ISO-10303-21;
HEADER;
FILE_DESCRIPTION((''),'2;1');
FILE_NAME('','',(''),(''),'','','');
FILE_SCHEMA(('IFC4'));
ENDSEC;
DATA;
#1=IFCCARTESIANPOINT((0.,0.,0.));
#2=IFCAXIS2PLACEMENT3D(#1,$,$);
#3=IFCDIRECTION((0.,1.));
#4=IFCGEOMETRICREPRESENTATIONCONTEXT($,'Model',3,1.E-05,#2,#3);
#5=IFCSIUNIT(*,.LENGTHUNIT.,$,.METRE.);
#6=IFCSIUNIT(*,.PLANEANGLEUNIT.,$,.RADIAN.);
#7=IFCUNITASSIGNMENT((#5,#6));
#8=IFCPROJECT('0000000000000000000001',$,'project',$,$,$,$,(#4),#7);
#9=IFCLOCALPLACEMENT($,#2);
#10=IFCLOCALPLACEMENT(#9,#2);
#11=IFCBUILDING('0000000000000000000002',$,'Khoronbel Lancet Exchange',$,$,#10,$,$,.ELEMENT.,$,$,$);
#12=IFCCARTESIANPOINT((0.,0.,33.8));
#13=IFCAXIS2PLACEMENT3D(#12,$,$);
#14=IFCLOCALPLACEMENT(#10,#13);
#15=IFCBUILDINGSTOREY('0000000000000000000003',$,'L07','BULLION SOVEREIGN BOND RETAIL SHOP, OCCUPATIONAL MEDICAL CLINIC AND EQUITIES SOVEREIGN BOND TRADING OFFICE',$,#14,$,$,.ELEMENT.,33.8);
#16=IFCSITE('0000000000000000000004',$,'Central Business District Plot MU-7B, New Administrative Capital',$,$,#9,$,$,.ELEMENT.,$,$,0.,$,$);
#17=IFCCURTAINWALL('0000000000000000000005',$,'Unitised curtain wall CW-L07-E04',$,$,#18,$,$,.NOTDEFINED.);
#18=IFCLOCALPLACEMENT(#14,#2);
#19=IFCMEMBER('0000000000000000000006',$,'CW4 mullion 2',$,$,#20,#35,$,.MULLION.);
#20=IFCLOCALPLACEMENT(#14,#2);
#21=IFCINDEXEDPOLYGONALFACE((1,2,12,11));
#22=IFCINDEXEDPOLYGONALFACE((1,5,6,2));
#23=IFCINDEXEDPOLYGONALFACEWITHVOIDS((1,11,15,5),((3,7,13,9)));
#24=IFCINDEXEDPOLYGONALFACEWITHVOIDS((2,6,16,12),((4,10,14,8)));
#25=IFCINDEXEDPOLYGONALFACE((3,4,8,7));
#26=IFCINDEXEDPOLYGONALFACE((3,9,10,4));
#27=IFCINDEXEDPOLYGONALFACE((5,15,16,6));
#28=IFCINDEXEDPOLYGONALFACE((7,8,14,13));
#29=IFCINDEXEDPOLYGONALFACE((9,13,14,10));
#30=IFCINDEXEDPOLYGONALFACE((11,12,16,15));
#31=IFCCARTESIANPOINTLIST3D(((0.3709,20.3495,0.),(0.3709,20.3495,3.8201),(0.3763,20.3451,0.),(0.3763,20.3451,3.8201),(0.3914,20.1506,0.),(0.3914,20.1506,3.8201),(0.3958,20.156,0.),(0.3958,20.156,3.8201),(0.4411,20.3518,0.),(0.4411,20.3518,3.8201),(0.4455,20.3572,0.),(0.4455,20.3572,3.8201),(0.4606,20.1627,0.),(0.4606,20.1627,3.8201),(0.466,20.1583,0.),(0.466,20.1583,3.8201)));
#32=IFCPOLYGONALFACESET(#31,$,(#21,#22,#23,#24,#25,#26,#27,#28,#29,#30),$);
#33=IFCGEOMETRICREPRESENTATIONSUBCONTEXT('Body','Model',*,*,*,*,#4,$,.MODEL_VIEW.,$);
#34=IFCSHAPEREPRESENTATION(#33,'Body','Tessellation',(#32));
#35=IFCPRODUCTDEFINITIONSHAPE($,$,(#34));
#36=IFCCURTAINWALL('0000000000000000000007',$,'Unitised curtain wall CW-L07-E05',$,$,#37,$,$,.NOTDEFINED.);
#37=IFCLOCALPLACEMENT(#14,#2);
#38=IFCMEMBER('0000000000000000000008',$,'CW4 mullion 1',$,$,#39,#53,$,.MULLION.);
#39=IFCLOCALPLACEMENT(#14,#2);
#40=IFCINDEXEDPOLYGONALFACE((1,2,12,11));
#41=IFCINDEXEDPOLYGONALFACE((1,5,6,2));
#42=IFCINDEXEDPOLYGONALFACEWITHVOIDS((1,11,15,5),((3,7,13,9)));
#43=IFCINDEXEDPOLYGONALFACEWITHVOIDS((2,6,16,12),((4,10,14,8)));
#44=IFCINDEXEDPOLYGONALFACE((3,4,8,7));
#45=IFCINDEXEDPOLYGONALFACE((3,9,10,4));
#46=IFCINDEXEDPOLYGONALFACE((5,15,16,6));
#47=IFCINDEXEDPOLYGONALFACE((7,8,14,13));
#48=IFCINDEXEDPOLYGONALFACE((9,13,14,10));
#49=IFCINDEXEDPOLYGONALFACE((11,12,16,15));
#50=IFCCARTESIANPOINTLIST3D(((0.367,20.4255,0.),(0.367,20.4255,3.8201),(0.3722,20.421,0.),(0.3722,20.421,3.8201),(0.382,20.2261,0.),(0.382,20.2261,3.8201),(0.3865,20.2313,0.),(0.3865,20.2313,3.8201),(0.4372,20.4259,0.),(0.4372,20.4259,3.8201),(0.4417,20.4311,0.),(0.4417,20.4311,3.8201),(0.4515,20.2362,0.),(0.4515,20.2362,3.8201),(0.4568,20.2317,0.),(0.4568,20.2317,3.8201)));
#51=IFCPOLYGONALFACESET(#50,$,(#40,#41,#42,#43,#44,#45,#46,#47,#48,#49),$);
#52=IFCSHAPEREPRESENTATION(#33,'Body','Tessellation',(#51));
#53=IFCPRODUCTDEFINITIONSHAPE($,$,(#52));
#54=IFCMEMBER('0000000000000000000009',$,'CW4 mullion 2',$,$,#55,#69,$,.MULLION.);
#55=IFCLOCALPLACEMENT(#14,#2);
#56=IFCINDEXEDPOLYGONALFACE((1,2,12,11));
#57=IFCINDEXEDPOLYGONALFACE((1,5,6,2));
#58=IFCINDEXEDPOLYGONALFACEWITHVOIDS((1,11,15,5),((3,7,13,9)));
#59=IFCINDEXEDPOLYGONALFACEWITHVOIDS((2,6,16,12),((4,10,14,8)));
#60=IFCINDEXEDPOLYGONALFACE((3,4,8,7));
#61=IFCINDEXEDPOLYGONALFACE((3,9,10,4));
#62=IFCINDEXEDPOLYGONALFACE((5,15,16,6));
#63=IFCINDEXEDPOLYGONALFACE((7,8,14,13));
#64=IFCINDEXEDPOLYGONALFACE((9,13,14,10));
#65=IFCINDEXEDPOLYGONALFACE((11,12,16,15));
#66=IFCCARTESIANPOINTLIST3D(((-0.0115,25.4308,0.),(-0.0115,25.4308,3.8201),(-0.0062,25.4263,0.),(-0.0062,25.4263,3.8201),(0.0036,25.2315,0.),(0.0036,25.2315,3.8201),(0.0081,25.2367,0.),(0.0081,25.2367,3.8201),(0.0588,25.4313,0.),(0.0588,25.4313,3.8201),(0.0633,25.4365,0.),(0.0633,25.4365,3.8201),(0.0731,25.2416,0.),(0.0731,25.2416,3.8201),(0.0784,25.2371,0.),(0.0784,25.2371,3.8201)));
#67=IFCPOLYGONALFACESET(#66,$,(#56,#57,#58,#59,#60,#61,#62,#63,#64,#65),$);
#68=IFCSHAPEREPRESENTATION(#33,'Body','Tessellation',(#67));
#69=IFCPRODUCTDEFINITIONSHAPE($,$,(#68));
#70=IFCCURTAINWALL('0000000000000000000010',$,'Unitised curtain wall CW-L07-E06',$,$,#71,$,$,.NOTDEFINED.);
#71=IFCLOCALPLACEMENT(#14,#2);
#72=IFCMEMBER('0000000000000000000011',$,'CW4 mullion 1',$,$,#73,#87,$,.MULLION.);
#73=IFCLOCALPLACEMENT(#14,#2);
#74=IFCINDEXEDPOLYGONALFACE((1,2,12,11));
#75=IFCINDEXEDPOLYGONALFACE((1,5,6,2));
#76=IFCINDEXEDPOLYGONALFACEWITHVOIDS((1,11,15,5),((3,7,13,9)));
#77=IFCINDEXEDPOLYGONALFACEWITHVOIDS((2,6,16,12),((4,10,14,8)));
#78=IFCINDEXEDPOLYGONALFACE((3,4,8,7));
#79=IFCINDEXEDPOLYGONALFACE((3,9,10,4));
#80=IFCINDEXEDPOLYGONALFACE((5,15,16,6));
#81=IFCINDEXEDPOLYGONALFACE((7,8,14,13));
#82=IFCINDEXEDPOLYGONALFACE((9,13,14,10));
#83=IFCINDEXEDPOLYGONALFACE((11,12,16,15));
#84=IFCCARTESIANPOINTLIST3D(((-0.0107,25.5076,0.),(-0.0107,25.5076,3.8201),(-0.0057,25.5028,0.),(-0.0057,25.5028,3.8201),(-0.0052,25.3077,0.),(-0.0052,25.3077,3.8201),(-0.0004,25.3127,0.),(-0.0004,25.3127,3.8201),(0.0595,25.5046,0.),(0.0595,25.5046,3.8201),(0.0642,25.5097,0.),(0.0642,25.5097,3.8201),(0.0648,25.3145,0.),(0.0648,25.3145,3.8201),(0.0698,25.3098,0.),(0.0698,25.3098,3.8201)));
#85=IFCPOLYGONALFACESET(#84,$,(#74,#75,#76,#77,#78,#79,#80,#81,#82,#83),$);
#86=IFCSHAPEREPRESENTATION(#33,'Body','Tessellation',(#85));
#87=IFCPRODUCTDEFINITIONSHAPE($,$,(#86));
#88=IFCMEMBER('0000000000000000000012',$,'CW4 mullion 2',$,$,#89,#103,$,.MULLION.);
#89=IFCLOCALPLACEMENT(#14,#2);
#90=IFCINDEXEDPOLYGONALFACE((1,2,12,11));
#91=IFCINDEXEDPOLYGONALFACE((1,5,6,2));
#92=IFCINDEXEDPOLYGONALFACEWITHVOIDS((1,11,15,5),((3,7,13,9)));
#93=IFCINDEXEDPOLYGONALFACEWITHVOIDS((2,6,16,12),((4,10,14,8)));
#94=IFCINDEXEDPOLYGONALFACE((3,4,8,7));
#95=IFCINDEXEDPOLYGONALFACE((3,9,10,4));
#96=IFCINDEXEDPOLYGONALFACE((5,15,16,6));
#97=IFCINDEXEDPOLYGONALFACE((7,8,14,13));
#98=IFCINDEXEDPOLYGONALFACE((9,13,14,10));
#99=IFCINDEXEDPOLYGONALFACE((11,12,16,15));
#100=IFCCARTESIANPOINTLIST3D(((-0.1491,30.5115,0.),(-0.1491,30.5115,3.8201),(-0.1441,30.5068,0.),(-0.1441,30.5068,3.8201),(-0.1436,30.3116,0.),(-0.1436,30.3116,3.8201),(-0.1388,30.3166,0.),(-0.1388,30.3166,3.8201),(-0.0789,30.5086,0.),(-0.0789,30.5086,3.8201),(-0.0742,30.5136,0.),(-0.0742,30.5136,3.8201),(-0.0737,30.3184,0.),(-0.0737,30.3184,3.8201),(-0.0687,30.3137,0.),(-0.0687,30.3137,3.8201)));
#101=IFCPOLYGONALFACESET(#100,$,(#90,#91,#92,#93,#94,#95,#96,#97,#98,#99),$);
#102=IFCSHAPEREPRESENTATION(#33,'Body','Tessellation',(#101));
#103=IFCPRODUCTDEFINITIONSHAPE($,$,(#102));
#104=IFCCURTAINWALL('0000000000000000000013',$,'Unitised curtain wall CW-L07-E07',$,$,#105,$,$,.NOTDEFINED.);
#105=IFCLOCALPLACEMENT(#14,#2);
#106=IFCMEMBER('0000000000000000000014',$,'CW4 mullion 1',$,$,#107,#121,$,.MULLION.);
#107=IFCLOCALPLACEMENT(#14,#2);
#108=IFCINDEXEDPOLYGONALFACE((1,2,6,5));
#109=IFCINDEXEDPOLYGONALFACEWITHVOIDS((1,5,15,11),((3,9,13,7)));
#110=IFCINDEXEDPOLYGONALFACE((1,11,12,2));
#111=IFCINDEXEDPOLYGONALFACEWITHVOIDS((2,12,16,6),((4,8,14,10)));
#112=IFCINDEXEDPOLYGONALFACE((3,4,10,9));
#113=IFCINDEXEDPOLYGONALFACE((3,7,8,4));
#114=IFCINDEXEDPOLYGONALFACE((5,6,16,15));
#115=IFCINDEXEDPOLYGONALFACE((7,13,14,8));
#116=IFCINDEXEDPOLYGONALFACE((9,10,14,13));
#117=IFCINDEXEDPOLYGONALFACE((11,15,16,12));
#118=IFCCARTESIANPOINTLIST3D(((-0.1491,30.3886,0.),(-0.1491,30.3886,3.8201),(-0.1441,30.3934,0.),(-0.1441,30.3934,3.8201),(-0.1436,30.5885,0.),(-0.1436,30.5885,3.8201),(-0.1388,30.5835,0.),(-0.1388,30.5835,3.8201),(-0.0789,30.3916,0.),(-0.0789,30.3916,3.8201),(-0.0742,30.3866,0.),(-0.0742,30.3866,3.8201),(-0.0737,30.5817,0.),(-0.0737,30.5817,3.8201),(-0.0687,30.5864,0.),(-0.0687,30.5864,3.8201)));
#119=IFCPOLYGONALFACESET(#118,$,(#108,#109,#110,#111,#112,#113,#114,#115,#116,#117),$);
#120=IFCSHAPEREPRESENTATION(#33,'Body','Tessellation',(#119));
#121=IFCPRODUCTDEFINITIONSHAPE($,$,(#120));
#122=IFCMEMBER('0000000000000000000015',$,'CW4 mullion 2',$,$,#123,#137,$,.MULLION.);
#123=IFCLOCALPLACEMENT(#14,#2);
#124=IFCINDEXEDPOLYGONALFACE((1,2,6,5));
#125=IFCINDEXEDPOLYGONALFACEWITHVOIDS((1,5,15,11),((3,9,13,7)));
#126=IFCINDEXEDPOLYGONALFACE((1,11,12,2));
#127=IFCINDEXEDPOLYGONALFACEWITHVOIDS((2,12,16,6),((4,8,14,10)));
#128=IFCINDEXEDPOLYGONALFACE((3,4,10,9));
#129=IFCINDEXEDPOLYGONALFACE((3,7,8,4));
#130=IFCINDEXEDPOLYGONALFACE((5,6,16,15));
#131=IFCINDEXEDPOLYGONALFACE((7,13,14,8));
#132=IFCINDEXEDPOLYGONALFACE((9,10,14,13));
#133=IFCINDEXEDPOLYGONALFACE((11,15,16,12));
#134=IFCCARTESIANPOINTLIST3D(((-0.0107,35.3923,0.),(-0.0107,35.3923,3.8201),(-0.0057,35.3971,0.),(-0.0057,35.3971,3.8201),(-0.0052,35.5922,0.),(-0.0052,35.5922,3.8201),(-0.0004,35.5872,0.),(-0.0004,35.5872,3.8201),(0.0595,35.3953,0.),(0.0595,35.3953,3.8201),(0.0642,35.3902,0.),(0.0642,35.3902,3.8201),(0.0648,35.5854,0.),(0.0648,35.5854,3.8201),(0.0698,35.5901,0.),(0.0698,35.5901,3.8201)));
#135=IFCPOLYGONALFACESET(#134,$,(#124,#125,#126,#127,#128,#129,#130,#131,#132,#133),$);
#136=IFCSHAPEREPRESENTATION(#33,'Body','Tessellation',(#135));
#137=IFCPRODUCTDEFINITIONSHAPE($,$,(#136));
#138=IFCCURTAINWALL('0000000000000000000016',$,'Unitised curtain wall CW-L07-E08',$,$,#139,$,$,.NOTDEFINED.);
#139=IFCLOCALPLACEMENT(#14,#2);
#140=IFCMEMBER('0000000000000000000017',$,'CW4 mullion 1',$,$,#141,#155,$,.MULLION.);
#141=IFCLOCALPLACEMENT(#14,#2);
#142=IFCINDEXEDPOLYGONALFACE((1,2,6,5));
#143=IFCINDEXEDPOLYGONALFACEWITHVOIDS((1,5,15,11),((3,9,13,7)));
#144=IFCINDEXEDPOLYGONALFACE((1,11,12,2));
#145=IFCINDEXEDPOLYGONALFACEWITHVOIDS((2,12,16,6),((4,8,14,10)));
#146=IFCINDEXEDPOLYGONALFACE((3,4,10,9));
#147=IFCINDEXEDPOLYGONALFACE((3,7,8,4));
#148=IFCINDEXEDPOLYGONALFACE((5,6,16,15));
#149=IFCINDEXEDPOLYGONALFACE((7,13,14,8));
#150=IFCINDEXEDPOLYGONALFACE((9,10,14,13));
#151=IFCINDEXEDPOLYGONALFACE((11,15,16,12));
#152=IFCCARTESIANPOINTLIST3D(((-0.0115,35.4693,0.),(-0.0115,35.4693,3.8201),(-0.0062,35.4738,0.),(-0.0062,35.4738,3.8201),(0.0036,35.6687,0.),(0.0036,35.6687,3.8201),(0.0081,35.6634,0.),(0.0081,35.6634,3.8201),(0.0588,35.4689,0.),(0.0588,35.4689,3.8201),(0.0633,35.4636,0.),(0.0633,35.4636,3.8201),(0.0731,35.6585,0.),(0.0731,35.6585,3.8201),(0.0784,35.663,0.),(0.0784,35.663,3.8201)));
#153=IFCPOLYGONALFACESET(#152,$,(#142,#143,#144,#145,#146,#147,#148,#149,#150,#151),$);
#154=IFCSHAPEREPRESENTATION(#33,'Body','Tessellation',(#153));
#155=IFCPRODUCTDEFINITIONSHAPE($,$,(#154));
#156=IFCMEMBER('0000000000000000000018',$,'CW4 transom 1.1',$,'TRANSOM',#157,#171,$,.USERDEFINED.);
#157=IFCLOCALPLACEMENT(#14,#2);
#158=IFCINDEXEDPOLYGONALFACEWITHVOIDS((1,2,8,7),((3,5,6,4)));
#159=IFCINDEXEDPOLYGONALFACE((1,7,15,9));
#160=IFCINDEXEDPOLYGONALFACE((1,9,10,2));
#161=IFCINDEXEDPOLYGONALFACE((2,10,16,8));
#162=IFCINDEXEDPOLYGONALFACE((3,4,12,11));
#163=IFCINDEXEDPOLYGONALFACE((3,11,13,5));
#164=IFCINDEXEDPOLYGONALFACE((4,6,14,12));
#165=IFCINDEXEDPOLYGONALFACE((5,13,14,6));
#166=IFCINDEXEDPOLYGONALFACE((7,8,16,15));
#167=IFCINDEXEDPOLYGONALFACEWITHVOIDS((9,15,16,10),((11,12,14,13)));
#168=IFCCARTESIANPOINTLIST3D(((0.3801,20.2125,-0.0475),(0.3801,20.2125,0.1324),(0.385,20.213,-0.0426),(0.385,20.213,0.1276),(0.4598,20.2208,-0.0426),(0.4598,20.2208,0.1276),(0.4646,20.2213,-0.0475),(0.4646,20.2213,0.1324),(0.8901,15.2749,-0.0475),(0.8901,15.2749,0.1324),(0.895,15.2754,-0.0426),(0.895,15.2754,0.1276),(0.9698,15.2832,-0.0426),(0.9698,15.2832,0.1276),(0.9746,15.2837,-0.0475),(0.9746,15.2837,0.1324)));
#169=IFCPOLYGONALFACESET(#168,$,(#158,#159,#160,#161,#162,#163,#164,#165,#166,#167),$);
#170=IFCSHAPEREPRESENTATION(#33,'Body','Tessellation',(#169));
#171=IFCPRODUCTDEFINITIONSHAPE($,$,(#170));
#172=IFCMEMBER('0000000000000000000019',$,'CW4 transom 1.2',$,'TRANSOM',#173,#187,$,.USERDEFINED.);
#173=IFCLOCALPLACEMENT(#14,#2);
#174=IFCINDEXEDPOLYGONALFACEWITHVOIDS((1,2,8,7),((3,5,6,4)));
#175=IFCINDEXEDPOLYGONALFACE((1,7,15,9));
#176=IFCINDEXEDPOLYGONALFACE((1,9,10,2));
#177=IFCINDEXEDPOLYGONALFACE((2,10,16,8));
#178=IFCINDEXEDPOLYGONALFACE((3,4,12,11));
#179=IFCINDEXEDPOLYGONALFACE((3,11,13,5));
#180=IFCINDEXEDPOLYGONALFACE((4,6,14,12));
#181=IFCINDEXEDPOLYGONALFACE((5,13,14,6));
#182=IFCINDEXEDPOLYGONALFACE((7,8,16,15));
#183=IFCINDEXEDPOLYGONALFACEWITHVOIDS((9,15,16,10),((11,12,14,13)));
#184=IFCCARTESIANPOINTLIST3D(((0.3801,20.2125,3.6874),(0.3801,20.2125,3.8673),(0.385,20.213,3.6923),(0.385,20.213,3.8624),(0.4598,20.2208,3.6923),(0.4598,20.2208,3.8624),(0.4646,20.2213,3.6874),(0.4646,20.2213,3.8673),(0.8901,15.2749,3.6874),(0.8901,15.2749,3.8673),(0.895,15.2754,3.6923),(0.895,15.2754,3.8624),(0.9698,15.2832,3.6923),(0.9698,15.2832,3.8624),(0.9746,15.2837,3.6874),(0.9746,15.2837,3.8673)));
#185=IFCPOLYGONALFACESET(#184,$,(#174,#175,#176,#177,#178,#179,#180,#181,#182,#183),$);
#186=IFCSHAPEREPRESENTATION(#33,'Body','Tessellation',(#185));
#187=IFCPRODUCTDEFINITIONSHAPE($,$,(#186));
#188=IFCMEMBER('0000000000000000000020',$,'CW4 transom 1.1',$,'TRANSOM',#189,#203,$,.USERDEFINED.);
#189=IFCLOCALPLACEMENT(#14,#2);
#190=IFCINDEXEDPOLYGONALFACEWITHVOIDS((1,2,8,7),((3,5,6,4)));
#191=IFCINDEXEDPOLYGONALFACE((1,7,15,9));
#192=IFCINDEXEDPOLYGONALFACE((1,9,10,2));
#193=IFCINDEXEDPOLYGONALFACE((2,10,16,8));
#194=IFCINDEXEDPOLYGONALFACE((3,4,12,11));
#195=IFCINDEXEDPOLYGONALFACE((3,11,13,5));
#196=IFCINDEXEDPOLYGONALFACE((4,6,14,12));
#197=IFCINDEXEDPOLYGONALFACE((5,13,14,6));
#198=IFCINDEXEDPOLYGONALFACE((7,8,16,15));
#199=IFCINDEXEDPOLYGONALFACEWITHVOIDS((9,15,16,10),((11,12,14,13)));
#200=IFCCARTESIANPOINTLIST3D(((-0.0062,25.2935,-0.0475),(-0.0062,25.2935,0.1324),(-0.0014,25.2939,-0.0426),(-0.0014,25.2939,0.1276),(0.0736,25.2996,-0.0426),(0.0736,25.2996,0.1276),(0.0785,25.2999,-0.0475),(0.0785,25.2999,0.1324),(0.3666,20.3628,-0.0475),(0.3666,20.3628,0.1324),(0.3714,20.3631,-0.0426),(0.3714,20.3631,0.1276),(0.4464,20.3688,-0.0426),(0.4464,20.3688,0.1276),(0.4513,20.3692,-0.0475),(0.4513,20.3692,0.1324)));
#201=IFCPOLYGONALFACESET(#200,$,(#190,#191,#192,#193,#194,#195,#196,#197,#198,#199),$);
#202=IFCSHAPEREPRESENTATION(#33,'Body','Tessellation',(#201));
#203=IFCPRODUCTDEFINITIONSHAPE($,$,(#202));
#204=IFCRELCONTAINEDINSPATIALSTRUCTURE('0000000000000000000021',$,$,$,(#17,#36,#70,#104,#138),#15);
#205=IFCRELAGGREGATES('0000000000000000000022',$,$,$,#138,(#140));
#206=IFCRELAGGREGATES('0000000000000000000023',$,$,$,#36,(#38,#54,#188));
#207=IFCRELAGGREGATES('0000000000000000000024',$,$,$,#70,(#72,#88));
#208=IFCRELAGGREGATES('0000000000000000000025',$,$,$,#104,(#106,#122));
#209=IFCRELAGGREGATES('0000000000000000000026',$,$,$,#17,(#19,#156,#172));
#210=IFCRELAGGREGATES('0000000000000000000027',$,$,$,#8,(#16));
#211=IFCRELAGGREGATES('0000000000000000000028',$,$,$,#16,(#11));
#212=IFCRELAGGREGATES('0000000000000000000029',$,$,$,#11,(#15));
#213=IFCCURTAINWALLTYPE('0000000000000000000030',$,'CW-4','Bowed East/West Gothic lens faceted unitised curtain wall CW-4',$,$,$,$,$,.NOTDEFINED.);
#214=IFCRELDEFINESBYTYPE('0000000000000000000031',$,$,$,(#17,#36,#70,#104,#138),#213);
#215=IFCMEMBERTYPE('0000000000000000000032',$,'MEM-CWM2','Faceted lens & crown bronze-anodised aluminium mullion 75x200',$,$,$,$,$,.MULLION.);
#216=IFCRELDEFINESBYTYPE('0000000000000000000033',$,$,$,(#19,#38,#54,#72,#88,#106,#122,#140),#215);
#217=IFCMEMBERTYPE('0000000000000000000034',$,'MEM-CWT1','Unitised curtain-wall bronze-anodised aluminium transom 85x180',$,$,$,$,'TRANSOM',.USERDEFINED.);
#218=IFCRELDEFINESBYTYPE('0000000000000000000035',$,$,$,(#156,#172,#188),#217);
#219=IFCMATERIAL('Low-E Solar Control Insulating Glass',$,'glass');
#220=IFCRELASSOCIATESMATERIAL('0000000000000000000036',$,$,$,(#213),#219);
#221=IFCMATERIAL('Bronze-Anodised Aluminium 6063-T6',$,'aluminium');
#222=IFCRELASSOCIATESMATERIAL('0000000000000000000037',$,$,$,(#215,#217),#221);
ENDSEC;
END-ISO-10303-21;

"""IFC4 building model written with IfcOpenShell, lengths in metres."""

from ifc_helpers import new_model, si_unit, direction, frame, origin, origin_2d, place, context, subcontext, project, spatial, hollow_rectangle, extrude, material, material_profile, profile_set, type_object, element, aggregate, save


model = new_model("IFC4")

# Units and contexts
model_context = context("Model", 3, precision=1e-05, world=origin(), true_north=direction((0.0, 1.0)))
body_context = subcontext(model_context, "Body", "Model", "MODEL_VIEW")
ifc_project = project(units=[si_unit("LENGTHUNIT", "METRE"), si_unit("PLANEANGLEUNIT", "RADIAN")], contexts=[model_context])

# Site, building, storey
site_placement = place(None, origin())
site = spatial("IfcSite", under=ifc_project, at=site_placement, Name="Central Business District Plot MU-7B, New Administrative Capital", CompositionType="ELEMENT", RefElevation=0.0)
building_placement = place(site_placement, origin())
building = spatial("IfcBuilding", under=site, at=building_placement, Name="Khoronbel Lancet Exchange", CompositionType="ELEMENT")
storey_placement = place(building_placement, frame((0.0, 0.0, 33.8)))
storey = spatial("IfcBuildingStorey", under=building, at=storey_placement, Name="L07", Description="BULLION SOVEREIGN BOND RETAIL SHOP, OCCUPATIONAL MEDICAL CLINIC AND EQUITIES SOVEREIGN BOND TRADING OFFICE", CompositionType="ELEMENT", Elevation=33.8)

# Curtain wall, member
ifc_material_1 = material(Name="Low-E Solar Control Insulating Glass", Category="glass")
curtain_wall_type = type_object("IfcCurtainWallType", Name="CW-4", Description="Bowed East/West Gothic lens faceted unitised curtain wall CW-4", PredefinedType="NOTDEFINED", material=ifc_material_1)
curtain_wall_1_placement = place(storey_placement, origin())
curtain_wall_1 = element("IfcCurtainWall", 1, at=curtain_wall_1_placement, inside=storey, type_object=curtain_wall_type, Name="Unitised curtain wall CW-L07-E04", PredefinedType="NOTDEFINED")
ifc_material_2 = material(Name="Bronze-Anodised Aluminium 6063-T6", Category="aluminium")
ifc_material_profile_1 = material_profile(ifc_material_2, hollow_rectangle(XDim=0.075, YDim=0.2, WallThickness=0.0049, at=origin_2d()), Name="ALU MULLION 75x200")
ifc_profile_set_1 = profile_set([ifc_material_profile_1], Name="Bronze-Anodised Aluminium 6063-T6")
member_type_1 = type_object("IfcMemberType", Name="MEM-CWM2", Description="Faceted lens & crown bronze-anodised aluminium mullion 75x200", PredefinedType="MULLION", material=ifc_profile_set_1)
member_1_placement = place(storey_placement, frame((0.4185, 20.2539, 0.0), z_axis=(0.0, 0.0, 1.0), x_axis=(-0.99471, -0.102723, 0.0)))
member_1 = element("IfcMember", 2, at=member_1_placement, type_object=member_type_1, Name="CW4 mullion 2", PredefinedType="MULLION", context=body_context, shape_type="SweptSolid", body=[
    extrude(hollow_rectangle(XDim=0.075, YDim=0.2, WallThickness=0.0049, at=origin_2d()), origin(), (0.0, 0.0, 1.0), 3.8201),
])

# Curtain walls, members
curtain_wall_2_placement = place(storey_placement, origin())
curtain_wall_2 = element("IfcCurtainWall", 3, at=curtain_wall_2_placement, inside=storey, type_object=curtain_wall_type, Name="Unitised curtain wall CW-L07-E05", PredefinedType="NOTDEFINED")
member_2_placement = place(storey_placement, frame((0.4119, 20.3286, 0.0), z_axis=(0.0, 0.0, 1.0), x_axis=(-0.997154, -0.075395, 0.0)))
member_2 = element("IfcMember", 4, at=member_2_placement, type_object=member_type_1, Name="CW4 mullion 1", PredefinedType="MULLION", context=body_context, shape_type="SweptSolid", body=[
    extrude(hollow_rectangle(XDim=0.075, YDim=0.2, WallThickness=0.0049, at=origin_2d()), origin(), (0.0, 0.0, 1.0), 3.8201),
])
member_3_placement = place(storey_placement, frame((0.0334, 25.334, 0.0), z_axis=(0.0, 0.0, 1.0), x_axis=(-0.997154, -0.075395, 0.0)))
member_3 = element("IfcMember", 5, at=member_3_placement, type_object=member_type_1, Name="CW4 mullion 2", PredefinedType="MULLION", context=body_context, shape_type="SweptSolid", body=[
    extrude(hollow_rectangle(XDim=0.075, YDim=0.2, WallThickness=0.0049, at=origin_2d()), origin(), (0.0, 0.0, 1.0), 3.8201),
])
curtain_wall_3_placement = place(storey_placement, origin())
curtain_wall_3 = element("IfcCurtainWall", 6, at=curtain_wall_3_placement, inside=storey, type_object=curtain_wall_type, Name="Unitised curtain wall CW-L07-E06", PredefinedType="NOTDEFINED")
member_4_placement = place(storey_placement, frame((0.0295, 25.4087, 0.0), z_axis=(0.0, 0.0, 1.0), x_axis=(-0.999617, -0.027674, 0.0)))
member_4 = element("IfcMember", 7, at=member_4_placement, type_object=member_type_1, Name="CW4 mullion 1", PredefinedType="MULLION", context=body_context, shape_type="SweptSolid", body=[
    extrude(hollow_rectangle(XDim=0.075, YDim=0.2, WallThickness=0.0049, at=origin_2d()), origin(), (0.0, 0.0, 1.0), 3.8201),
])
member_5_placement = place(storey_placement, frame((-0.1089, 30.4126, 0.0), z_axis=(0.0, 0.0, 1.0), x_axis=(-0.999617, -0.027674, 0.0)))
member_5 = element("IfcMember", 8, at=member_5_placement, type_object=member_type_1, Name="CW4 mullion 2", PredefinedType="MULLION", context=body_context, shape_type="SweptSolid", body=[
    extrude(hollow_rectangle(XDim=0.075, YDim=0.2, WallThickness=0.0049, at=origin_2d()), origin(), (0.0, 0.0, 1.0), 3.8201),
])
curtain_wall_4_placement = place(storey_placement, origin())
curtain_wall_4 = element("IfcCurtainWall", 9, at=curtain_wall_4_placement, inside=storey, type_object=curtain_wall_type, Name="Unitised curtain wall CW-L07-E07", PredefinedType="NOTDEFINED")
member_6_placement = place(storey_placement, frame((-0.1089, 30.4875, 0.0), z_axis=(0.0, 0.0, 1.0), x_axis=(-0.999617, 0.027674, 0.0)))
member_6 = element("IfcMember", 10, at=member_6_placement, type_object=member_type_1, Name="CW4 mullion 1", PredefinedType="MULLION", context=body_context, shape_type="SweptSolid", body=[
    extrude(hollow_rectangle(XDim=0.075, YDim=0.2, WallThickness=0.0049, at=origin_2d()), origin(), (0.0, 0.0, 1.0), 3.8201),
])
member_7_placement = place(storey_placement, frame((0.0295, 35.4912, 0.0), z_axis=(0.0, 0.0, 1.0), x_axis=(-0.999617, 0.027674, 0.0)))
member_7 = element("IfcMember", 11, at=member_7_placement, type_object=member_type_1, Name="CW4 mullion 2", PredefinedType="MULLION", context=body_context, shape_type="SweptSolid", body=[
    extrude(hollow_rectangle(XDim=0.075, YDim=0.2, WallThickness=0.0049, at=origin_2d()), origin(), (0.0, 0.0, 1.0), 3.8201),
])

# Curtain wall, member
curtain_wall_5_placement = place(storey_placement, origin())
curtain_wall_5 = element("IfcCurtainWall", 12, at=curtain_wall_5_placement, inside=storey, type_object=curtain_wall_type, Name="Unitised curtain wall CW-L07-E08", PredefinedType="NOTDEFINED")
member_8_placement = place(storey_placement, frame((0.0334, 35.5662, 0.0), z_axis=(0.0, 0.0, 1.0), x_axis=(-0.997154, 0.075395, 0.0)))
member_8 = element("IfcMember", 13, at=member_8_placement, type_object=member_type_1, Name="CW4 mullion 1", PredefinedType="MULLION", context=body_context, shape_type="SweptSolid", body=[
    extrude(hollow_rectangle(XDim=0.075, YDim=0.2, WallThickness=0.0049, at=origin_2d()), origin(), (0.0, 0.0, 1.0), 3.8201),
])

# Members
ifc_material_profile_2 = material_profile(ifc_material_2, hollow_rectangle(XDim=0.085, YDim=0.1799, WallThickness=0.0049, at=origin_2d()), Name="ALU TRANSOM 85x180")
ifc_profile_set_2 = profile_set([ifc_material_profile_2], Name="Bronze-Anodised Aluminium 6063-T6")
member_type_2 = type_object("IfcMemberType", Name="MEM-CWT1", Description="Unitised curtain-wall bronze-anodised aluminium transom 85x180", ElementType="TRANSOM", PredefinedType="USERDEFINED", material=ifc_profile_set_2)
member_9_placement = place(storey_placement, frame((0.9324, 15.2793, 0.0425), z_axis=(-0.102746, 0.994708, 0.0), x_axis=(-0.994708, -0.102746, 0.0)))
member_9 = element("IfcMember", 14, at=member_9_placement, type_object=member_type_2, Name="CW4 transom 1.1", ObjectType="TRANSOM", PredefinedType="USERDEFINED", context=body_context, shape_type="SweptSolid", body=[
    extrude(hollow_rectangle(XDim=0.085, YDim=0.1799, WallThickness=0.0049, at=origin_2d()), origin(), (0.0, 0.0, 1.0), 4.9639),
])
member_10_placement = place(storey_placement, frame((0.9324, 15.2793, 3.7773), z_axis=(-0.102746, 0.994708, 0.0), x_axis=(-0.994708, -0.102746, 0.0)))
member_10 = element("IfcMember", 15, at=member_10_placement, type_object=member_type_2, Name="CW4 transom 1.2", ObjectType="TRANSOM", PredefinedType="USERDEFINED", context=body_context, shape_type="SweptSolid", body=[
    extrude(hollow_rectangle(XDim=0.085, YDim=0.1799, WallThickness=0.0049, at=origin_2d()), origin(), (0.0, 0.0, 1.0), 4.9639),
])
member_11_placement = place(storey_placement, frame((0.4089, 20.366, 0.0425), z_axis=(-0.075394, 0.997154, 0.0), x_axis=(-0.997154, -0.075394, 0.0)))
member_11 = element("IfcMember", 16, at=member_11_placement, type_object=member_type_2, Name="CW4 transom 1.1", ObjectType="TRANSOM", PredefinedType="USERDEFINED", context=body_context, shape_type="SweptSolid", body=[
    extrude(hollow_rectangle(XDim=0.085, YDim=0.1799, WallThickness=0.0049, at=origin_2d()), origin(), (0.0, 0.0, 1.0), 4.9448),
])
aggregate(curtain_wall_5, [member_8])

aggregate(curtain_wall_2, [member_2, member_3, member_11])
aggregate(curtain_wall_3, [member_4, member_5])
aggregate(curtain_wall_4, [member_6, member_7])
aggregate(curtain_wall_1, [member_1, member_9, member_10])

save(model, "model.ifc")
